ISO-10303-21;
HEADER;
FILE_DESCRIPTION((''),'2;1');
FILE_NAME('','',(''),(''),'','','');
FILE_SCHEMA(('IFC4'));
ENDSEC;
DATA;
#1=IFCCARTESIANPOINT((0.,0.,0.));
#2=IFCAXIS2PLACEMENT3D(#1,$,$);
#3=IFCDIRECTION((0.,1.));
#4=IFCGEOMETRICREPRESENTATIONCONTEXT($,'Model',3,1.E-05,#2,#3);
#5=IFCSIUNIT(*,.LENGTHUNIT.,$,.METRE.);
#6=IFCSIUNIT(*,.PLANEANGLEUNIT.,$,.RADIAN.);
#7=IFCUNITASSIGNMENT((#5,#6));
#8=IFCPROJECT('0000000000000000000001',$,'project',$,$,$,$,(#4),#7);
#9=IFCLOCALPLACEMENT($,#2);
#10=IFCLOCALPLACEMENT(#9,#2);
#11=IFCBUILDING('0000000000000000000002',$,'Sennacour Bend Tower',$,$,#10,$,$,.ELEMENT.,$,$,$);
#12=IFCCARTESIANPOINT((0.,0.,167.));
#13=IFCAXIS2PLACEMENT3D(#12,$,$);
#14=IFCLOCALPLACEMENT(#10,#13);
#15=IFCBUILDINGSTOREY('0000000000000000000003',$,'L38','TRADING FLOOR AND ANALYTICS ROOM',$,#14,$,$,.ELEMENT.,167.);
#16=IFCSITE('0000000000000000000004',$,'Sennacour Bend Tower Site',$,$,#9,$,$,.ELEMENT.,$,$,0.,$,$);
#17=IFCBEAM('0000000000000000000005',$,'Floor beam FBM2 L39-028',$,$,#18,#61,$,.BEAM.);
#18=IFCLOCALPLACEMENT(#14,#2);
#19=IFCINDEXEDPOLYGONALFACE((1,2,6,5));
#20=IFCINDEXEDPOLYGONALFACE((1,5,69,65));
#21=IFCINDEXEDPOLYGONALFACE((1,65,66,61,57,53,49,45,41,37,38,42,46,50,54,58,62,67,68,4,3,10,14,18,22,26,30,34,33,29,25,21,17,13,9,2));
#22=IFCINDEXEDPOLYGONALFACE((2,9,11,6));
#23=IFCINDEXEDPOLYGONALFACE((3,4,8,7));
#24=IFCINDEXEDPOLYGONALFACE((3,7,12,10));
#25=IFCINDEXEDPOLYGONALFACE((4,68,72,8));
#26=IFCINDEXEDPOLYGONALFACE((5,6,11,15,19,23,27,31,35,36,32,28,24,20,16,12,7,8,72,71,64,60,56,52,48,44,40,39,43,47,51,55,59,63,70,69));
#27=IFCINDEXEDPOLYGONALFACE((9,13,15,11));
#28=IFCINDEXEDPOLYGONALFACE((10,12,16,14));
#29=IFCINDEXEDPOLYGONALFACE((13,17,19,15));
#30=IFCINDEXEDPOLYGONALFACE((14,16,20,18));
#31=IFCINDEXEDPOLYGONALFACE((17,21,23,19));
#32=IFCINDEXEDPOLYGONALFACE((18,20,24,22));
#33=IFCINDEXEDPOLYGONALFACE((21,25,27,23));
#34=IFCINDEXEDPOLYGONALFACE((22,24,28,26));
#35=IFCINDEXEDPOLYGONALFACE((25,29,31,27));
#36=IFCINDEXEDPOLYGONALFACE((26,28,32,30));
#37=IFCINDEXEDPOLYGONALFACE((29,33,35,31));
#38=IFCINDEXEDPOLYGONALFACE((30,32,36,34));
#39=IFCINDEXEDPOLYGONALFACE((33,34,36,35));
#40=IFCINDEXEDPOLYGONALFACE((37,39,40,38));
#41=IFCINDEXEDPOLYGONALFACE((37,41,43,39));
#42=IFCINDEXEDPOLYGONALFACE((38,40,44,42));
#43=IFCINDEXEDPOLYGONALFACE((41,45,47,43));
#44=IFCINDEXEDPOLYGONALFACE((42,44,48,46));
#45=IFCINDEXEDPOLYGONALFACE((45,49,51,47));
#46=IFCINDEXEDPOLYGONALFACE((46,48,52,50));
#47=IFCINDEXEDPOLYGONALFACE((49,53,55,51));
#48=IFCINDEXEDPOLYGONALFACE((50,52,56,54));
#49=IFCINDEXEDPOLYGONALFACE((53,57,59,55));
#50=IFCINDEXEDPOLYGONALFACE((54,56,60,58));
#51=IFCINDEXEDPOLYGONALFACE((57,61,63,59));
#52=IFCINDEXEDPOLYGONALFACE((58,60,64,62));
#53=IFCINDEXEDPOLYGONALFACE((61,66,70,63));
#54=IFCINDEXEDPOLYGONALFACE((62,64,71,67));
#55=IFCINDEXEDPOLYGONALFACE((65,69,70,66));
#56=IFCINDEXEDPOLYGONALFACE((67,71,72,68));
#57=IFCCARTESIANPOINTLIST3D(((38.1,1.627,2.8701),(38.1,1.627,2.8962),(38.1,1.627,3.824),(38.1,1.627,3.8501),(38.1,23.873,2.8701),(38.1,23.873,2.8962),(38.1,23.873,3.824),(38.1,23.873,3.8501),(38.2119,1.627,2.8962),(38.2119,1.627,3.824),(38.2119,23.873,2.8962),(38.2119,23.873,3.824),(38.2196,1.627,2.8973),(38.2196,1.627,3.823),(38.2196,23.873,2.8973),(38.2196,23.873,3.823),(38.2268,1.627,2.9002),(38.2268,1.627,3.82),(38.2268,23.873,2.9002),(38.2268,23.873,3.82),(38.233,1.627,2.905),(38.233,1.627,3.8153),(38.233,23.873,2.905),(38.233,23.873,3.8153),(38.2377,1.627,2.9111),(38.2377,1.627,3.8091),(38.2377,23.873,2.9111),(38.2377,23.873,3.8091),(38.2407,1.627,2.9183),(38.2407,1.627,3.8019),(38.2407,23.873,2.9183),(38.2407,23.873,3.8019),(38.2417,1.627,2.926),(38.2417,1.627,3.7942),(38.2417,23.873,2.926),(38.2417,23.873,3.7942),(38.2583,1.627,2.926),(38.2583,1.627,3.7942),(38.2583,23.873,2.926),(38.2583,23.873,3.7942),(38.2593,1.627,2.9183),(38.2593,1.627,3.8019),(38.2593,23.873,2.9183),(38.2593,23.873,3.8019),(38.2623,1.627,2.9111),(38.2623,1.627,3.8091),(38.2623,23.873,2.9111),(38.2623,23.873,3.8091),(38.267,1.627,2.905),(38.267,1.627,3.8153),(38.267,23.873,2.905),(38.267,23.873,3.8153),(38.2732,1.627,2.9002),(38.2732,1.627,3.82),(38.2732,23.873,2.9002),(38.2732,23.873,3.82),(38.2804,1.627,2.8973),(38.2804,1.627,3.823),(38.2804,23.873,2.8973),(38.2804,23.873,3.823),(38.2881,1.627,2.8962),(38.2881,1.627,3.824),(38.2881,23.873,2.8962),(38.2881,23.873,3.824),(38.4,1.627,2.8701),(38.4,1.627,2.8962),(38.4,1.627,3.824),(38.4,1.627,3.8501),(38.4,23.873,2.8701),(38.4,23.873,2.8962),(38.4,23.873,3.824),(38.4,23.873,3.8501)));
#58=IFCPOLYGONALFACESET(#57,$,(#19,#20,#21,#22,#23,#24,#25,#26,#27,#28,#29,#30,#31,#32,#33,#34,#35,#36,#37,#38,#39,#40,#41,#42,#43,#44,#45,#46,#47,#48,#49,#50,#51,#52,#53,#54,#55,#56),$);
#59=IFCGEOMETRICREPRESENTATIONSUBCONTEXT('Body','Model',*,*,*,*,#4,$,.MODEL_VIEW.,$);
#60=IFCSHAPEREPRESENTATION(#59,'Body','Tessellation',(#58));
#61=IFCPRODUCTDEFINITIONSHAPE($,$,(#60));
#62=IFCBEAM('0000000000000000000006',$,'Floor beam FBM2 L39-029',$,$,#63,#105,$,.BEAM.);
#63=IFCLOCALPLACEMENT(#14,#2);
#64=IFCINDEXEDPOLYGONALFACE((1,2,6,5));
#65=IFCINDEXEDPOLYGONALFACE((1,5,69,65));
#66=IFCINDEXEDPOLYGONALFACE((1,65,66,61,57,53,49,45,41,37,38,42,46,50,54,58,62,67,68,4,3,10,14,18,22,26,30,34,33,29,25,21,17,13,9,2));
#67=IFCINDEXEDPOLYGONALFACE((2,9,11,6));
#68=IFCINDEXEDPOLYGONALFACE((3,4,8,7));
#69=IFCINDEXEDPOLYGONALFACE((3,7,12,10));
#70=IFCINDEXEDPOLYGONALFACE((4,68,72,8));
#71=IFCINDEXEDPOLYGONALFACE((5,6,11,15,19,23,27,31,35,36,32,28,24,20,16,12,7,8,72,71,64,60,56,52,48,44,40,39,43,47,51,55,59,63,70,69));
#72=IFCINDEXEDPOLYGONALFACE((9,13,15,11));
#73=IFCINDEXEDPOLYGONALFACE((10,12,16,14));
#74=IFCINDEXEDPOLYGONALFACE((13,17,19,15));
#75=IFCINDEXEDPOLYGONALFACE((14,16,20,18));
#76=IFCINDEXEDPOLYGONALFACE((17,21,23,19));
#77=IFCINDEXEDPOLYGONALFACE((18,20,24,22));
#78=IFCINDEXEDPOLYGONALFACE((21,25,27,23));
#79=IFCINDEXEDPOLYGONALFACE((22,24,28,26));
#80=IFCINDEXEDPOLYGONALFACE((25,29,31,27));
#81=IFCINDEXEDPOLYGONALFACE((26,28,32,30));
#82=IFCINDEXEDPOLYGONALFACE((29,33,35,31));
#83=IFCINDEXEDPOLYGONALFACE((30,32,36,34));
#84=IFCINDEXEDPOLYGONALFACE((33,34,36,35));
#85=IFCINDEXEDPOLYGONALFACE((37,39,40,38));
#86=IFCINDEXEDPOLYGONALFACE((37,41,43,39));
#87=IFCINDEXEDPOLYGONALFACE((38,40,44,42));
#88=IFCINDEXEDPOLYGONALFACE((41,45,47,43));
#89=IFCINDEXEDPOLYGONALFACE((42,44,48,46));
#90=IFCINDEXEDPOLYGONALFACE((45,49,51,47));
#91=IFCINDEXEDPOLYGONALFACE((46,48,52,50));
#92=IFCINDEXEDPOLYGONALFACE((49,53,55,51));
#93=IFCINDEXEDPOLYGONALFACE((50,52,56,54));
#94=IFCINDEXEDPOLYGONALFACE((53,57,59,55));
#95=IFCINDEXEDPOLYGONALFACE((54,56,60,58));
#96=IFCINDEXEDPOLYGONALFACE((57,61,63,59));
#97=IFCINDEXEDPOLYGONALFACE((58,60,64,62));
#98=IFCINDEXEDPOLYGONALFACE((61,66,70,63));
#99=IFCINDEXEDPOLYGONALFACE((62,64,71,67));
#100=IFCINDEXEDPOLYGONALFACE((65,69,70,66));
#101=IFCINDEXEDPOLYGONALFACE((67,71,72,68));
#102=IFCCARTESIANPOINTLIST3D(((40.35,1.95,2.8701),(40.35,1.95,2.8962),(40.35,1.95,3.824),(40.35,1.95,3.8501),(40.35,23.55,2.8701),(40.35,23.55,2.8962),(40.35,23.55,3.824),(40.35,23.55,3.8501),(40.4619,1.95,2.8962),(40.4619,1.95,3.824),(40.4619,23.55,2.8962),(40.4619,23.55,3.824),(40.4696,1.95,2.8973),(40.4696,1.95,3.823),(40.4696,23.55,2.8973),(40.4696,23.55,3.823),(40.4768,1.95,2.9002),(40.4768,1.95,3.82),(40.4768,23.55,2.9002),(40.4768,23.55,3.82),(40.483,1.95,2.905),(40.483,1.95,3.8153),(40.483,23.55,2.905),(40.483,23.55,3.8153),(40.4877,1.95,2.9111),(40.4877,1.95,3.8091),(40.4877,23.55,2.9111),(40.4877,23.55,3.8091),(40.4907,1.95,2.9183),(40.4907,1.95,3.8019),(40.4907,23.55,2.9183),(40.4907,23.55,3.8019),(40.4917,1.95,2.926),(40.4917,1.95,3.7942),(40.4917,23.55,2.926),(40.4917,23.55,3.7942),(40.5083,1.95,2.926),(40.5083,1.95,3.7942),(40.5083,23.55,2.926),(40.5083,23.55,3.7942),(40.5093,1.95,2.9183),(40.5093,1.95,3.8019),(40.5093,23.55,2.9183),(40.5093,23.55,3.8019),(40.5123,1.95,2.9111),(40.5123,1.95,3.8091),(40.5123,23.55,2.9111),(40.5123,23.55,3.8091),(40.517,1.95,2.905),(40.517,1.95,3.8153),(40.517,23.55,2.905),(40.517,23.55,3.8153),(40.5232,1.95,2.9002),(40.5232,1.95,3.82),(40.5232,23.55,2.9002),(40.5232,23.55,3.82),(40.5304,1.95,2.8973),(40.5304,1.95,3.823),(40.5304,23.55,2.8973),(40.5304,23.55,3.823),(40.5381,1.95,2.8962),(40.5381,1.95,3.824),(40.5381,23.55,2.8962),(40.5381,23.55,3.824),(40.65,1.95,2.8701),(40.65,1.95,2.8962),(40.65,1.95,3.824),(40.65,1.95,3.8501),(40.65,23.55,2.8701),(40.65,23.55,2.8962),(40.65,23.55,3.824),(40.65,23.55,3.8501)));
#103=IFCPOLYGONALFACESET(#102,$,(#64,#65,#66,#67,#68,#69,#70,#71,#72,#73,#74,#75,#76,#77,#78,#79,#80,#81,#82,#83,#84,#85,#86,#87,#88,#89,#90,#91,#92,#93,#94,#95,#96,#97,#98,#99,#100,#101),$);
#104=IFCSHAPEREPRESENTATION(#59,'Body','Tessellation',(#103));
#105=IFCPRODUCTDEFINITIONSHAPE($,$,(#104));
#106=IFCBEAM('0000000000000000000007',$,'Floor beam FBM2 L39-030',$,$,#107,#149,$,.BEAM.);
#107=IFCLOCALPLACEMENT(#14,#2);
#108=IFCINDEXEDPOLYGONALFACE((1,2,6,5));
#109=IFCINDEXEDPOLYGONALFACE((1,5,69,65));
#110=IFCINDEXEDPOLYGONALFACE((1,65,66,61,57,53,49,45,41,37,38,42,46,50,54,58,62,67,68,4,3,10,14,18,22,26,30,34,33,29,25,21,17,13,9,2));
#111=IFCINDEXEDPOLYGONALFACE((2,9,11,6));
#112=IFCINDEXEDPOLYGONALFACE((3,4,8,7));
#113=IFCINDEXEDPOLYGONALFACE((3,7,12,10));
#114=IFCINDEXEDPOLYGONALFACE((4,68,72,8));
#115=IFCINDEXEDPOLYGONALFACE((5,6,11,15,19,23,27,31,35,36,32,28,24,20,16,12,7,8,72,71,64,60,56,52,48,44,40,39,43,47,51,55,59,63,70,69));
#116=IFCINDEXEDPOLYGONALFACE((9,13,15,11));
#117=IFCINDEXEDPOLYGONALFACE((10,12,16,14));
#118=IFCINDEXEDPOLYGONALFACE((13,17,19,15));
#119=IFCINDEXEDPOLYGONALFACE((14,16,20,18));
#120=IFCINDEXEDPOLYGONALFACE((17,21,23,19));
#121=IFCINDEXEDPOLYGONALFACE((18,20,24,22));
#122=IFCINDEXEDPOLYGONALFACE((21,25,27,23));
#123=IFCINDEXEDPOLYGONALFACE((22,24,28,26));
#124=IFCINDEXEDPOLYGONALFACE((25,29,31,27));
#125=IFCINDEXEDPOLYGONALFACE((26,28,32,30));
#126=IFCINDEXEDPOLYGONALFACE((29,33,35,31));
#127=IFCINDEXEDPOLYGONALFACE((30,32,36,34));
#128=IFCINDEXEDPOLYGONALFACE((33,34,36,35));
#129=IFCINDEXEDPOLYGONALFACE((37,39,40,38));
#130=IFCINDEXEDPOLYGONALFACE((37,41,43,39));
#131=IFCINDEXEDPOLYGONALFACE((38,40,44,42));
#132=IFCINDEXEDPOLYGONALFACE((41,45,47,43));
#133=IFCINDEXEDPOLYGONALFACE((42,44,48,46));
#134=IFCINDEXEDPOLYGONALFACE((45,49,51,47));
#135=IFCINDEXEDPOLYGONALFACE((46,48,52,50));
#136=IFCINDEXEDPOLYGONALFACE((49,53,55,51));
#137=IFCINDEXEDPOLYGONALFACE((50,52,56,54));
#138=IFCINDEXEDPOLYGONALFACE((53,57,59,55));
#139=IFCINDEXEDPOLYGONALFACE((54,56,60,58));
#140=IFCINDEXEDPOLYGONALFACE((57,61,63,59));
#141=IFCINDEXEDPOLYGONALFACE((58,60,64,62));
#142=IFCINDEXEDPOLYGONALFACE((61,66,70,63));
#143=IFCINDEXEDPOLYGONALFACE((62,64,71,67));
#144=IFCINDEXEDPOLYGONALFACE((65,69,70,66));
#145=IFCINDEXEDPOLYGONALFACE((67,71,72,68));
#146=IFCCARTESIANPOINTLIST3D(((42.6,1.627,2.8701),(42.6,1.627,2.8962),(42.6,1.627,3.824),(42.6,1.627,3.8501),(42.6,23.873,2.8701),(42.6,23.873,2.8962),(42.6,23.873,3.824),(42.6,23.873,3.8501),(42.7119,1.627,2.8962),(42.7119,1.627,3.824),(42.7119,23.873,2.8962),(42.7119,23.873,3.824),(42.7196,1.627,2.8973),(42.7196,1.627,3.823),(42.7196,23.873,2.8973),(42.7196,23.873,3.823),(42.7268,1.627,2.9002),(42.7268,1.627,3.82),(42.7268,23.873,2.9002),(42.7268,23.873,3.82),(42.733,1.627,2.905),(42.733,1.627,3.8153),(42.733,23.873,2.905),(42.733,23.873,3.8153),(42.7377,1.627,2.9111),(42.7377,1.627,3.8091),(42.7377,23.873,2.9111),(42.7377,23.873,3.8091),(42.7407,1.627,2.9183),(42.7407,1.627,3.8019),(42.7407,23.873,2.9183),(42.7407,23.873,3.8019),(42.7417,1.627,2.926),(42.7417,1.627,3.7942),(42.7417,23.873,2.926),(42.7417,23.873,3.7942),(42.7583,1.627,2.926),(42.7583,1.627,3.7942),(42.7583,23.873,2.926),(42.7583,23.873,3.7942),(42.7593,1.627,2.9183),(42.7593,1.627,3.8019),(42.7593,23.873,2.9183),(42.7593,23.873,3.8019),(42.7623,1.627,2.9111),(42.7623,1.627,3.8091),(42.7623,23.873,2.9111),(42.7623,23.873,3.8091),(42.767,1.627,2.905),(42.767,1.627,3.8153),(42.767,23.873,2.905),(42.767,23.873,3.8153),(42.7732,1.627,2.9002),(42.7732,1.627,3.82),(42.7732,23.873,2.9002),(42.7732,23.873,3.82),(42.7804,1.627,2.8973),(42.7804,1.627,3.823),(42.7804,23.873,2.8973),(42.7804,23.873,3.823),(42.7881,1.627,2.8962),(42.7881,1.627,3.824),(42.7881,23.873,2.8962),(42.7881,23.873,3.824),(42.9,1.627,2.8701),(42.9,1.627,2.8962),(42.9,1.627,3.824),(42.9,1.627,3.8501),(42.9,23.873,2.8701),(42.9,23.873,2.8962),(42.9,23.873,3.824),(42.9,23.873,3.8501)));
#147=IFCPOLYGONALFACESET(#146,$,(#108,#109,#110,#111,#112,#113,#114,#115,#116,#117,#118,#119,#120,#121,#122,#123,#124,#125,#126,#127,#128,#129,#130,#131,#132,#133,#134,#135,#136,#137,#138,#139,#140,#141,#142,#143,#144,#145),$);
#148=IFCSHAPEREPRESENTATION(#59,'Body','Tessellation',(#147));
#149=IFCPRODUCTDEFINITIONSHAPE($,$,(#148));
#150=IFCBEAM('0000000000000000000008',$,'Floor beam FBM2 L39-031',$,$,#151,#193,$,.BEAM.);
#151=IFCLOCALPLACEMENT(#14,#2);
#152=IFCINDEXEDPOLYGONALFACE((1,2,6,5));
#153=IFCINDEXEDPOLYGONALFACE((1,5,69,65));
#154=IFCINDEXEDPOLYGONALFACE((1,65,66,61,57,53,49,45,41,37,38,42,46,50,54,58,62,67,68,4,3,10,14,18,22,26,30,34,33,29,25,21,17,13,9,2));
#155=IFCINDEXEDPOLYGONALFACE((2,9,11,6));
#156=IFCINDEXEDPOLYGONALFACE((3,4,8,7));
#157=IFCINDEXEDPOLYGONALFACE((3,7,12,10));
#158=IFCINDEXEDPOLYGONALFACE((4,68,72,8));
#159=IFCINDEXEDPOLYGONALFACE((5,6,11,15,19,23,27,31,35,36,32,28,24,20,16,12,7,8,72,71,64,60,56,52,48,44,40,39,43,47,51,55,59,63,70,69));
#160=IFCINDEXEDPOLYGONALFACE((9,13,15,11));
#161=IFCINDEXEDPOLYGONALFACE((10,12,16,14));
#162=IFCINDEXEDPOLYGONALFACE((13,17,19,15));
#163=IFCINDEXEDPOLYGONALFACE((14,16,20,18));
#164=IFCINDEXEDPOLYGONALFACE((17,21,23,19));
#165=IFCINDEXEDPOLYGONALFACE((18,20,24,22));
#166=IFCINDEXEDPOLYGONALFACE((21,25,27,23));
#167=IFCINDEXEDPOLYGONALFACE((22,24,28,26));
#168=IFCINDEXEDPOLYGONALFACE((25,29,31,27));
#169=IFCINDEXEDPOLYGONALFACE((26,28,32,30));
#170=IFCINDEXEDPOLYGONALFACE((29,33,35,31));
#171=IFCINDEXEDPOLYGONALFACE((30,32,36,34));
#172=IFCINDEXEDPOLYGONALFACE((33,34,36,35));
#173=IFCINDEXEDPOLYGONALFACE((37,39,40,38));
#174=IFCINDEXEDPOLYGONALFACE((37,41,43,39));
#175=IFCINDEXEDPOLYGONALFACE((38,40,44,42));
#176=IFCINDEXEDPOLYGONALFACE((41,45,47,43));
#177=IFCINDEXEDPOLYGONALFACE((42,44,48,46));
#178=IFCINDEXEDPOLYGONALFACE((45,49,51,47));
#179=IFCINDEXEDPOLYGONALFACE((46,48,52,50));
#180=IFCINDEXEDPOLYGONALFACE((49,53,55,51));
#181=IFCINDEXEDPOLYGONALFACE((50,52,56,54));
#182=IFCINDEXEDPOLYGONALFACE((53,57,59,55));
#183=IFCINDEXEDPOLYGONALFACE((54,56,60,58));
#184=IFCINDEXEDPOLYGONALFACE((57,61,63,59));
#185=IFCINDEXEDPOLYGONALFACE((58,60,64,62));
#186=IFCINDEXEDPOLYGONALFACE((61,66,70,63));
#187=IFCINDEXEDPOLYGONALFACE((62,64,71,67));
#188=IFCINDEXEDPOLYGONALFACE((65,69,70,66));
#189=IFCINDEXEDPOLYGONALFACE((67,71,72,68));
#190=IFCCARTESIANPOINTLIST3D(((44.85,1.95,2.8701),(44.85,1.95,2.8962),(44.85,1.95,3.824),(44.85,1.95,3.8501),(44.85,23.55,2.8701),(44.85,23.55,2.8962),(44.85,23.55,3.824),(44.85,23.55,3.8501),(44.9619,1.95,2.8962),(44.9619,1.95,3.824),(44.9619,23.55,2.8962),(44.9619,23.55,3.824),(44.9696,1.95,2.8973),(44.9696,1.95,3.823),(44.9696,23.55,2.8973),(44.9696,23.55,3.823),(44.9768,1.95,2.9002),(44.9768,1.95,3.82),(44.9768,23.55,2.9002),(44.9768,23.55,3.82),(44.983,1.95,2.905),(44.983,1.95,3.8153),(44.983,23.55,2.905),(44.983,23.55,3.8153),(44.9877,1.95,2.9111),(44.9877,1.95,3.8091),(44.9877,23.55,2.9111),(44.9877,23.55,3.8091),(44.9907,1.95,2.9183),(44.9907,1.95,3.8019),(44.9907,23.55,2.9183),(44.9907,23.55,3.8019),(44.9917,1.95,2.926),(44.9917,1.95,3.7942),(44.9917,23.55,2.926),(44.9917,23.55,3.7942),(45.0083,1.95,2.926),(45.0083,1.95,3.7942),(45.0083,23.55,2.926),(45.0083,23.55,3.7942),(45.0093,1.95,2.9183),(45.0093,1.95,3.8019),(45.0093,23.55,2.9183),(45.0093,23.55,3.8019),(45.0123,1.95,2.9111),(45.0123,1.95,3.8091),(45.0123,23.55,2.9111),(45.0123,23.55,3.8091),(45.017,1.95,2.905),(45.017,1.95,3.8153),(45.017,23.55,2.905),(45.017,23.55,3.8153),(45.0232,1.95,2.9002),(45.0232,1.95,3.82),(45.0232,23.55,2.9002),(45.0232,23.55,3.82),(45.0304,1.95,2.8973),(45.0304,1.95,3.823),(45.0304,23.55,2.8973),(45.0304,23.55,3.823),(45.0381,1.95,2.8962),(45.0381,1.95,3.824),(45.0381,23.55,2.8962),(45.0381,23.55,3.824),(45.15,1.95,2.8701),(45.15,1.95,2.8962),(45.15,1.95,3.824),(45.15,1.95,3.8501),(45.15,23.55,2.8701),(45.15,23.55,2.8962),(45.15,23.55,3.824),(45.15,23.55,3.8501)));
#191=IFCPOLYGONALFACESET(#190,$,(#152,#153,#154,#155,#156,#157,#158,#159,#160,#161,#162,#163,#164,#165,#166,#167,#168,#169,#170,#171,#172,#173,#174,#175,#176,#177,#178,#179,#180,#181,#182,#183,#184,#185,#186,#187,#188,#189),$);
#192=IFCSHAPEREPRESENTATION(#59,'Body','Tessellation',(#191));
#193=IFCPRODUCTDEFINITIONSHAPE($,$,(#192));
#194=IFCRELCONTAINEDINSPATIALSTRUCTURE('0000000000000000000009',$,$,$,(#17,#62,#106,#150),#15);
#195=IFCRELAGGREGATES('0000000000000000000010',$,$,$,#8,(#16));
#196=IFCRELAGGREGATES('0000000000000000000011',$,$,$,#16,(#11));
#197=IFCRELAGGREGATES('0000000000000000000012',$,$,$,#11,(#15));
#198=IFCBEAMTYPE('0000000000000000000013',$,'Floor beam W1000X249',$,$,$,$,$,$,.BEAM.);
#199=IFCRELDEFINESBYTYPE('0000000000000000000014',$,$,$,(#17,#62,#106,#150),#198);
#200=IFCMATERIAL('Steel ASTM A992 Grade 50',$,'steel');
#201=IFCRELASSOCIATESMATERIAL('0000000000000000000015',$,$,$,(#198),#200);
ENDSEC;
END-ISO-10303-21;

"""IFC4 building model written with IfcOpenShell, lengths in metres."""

from ifc_helpers import new_model, si_unit, direction, frame, origin, origin_2d, place, context, subcontext, project, spatial, i_section, extrude, material, material_profile, profile_set, type_object, element, save


model = new_model("IFC4")

# Units and contexts
model_context = context("Model", 3, precision=1e-05, world=origin(), true_north=direction((0.0, 1.0)))
body_context = subcontext(model_context, "Body", "Model", "MODEL_VIEW")
ifc_project = project(units=[si_unit("LENGTHUNIT", "METRE"), si_unit("PLANEANGLEUNIT", "RADIAN")], contexts=[model_context])

# Site, building, storey
site_placement = place(None, origin())
site = spatial("IfcSite", under=ifc_project, at=site_placement, Name="Sennacour Bend Tower Site", CompositionType="ELEMENT", RefElevation=0.0)
building_placement = place(site_placement, origin())
building = spatial("IfcBuilding", under=site, at=building_placement, Name="Sennacour Bend Tower", CompositionType="ELEMENT")
storey_placement = place(building_placement, frame((0.0, 0.0, 167.0)))
storey = spatial("IfcBuildingStorey", under=building, at=storey_placement, Name="L38", Description="TRADING FLOOR AND ANALYTICS ROOM", CompositionType="ELEMENT", Elevation=167.0)

# Beams
ifc_material_1 = material(Name="Steel ASTM A992 Grade 50", Category="steel")
ifc_material_profile_1 = material_profile(ifc_material_1, i_section(OverallWidth=0.3, OverallDepth=0.98, WebThickness=0.0166, FlangeThickness=0.0261, FilletRadius=0.0298, at=origin_2d()), Name="Steel ASTM A992 Grade 50", Category="steel")
ifc_profile_set_1 = profile_set([ifc_material_profile_1], Name="Steel ASTM A992 Grade 50")
beam_type_1 = type_object("IfcBeamType", Name="Floor beam W1000X249", PredefinedType="BEAM", material=ifc_profile_set_1)
beam_1_placement = place(storey_placement, frame((38.25, 1.627, 3.3601), z_axis=(0.0, 1.0, 0.0), x_axis=(-1.0, 0.0, 0.0)))
element("IfcBeam", 1, at=beam_1_placement, inside=storey, type_object=beam_type_1, Name="Floor beam FBM2 L39-028", PredefinedType="BEAM", context=body_context, shape_type="SweptSolid", body=[
    extrude(i_section(OverallWidth=0.3, OverallDepth=0.98, WebThickness=0.0166, FlangeThickness=0.0261, FilletRadius=0.0298, at=origin_2d()), origin(), (0.0, 0.0, 1.0), 22.2461),
])
beam_2_placement = place(storey_placement, frame((40.5, 1.95, 3.3601), z_axis=(0.0, 1.0, 0.0), x_axis=(-1.0, 0.0, 0.0)))
element("IfcBeam", 2, at=beam_2_placement, inside=storey, type_object=beam_type_1, Name="Floor beam FBM2 L39-029", PredefinedType="BEAM", context=body_context, shape_type="SweptSolid", body=[
    extrude(i_section(OverallWidth=0.3, OverallDepth=0.98, WebThickness=0.0166, FlangeThickness=0.0261, FilletRadius=0.0298, at=origin_2d()), origin(), (0.0, 0.0, 1.0), 21.6001),
])
beam_3_placement = place(storey_placement, frame((42.75, 1.627, 3.3601), z_axis=(0.0, 1.0, 0.0), x_axis=(-1.0, 0.0, 0.0)))
element("IfcBeam", 3, at=beam_3_placement, inside=storey, type_object=beam_type_1, Name="Floor beam FBM2 L39-030", PredefinedType="BEAM", context=body_context, shape_type="SweptSolid", body=[
    extrude(i_section(OverallWidth=0.3, OverallDepth=0.98, WebThickness=0.0166, FlangeThickness=0.0261, FilletRadius=0.0298, at=origin_2d()), origin(), (0.0, 0.0, 1.0), 22.2461),
])
beam_4_placement = place(storey_placement, frame((45.0, 1.95, 3.3601), z_axis=(0.0, 1.0, 0.0), x_axis=(-1.0, 0.0, 0.0)))
element("IfcBeam", 4, at=beam_4_placement, inside=storey, type_object=beam_type_1, Name="Floor beam FBM2 L39-031", PredefinedType="BEAM", context=body_context, shape_type="SweptSolid", body=[
    extrude(i_section(OverallWidth=0.3, OverallDepth=0.98, WebThickness=0.0166, FlangeThickness=0.0261, FilletRadius=0.0298, at=origin_2d()), origin(), (0.0, 0.0, 1.0), 21.6001),
])

save(model, "model.ifc")
